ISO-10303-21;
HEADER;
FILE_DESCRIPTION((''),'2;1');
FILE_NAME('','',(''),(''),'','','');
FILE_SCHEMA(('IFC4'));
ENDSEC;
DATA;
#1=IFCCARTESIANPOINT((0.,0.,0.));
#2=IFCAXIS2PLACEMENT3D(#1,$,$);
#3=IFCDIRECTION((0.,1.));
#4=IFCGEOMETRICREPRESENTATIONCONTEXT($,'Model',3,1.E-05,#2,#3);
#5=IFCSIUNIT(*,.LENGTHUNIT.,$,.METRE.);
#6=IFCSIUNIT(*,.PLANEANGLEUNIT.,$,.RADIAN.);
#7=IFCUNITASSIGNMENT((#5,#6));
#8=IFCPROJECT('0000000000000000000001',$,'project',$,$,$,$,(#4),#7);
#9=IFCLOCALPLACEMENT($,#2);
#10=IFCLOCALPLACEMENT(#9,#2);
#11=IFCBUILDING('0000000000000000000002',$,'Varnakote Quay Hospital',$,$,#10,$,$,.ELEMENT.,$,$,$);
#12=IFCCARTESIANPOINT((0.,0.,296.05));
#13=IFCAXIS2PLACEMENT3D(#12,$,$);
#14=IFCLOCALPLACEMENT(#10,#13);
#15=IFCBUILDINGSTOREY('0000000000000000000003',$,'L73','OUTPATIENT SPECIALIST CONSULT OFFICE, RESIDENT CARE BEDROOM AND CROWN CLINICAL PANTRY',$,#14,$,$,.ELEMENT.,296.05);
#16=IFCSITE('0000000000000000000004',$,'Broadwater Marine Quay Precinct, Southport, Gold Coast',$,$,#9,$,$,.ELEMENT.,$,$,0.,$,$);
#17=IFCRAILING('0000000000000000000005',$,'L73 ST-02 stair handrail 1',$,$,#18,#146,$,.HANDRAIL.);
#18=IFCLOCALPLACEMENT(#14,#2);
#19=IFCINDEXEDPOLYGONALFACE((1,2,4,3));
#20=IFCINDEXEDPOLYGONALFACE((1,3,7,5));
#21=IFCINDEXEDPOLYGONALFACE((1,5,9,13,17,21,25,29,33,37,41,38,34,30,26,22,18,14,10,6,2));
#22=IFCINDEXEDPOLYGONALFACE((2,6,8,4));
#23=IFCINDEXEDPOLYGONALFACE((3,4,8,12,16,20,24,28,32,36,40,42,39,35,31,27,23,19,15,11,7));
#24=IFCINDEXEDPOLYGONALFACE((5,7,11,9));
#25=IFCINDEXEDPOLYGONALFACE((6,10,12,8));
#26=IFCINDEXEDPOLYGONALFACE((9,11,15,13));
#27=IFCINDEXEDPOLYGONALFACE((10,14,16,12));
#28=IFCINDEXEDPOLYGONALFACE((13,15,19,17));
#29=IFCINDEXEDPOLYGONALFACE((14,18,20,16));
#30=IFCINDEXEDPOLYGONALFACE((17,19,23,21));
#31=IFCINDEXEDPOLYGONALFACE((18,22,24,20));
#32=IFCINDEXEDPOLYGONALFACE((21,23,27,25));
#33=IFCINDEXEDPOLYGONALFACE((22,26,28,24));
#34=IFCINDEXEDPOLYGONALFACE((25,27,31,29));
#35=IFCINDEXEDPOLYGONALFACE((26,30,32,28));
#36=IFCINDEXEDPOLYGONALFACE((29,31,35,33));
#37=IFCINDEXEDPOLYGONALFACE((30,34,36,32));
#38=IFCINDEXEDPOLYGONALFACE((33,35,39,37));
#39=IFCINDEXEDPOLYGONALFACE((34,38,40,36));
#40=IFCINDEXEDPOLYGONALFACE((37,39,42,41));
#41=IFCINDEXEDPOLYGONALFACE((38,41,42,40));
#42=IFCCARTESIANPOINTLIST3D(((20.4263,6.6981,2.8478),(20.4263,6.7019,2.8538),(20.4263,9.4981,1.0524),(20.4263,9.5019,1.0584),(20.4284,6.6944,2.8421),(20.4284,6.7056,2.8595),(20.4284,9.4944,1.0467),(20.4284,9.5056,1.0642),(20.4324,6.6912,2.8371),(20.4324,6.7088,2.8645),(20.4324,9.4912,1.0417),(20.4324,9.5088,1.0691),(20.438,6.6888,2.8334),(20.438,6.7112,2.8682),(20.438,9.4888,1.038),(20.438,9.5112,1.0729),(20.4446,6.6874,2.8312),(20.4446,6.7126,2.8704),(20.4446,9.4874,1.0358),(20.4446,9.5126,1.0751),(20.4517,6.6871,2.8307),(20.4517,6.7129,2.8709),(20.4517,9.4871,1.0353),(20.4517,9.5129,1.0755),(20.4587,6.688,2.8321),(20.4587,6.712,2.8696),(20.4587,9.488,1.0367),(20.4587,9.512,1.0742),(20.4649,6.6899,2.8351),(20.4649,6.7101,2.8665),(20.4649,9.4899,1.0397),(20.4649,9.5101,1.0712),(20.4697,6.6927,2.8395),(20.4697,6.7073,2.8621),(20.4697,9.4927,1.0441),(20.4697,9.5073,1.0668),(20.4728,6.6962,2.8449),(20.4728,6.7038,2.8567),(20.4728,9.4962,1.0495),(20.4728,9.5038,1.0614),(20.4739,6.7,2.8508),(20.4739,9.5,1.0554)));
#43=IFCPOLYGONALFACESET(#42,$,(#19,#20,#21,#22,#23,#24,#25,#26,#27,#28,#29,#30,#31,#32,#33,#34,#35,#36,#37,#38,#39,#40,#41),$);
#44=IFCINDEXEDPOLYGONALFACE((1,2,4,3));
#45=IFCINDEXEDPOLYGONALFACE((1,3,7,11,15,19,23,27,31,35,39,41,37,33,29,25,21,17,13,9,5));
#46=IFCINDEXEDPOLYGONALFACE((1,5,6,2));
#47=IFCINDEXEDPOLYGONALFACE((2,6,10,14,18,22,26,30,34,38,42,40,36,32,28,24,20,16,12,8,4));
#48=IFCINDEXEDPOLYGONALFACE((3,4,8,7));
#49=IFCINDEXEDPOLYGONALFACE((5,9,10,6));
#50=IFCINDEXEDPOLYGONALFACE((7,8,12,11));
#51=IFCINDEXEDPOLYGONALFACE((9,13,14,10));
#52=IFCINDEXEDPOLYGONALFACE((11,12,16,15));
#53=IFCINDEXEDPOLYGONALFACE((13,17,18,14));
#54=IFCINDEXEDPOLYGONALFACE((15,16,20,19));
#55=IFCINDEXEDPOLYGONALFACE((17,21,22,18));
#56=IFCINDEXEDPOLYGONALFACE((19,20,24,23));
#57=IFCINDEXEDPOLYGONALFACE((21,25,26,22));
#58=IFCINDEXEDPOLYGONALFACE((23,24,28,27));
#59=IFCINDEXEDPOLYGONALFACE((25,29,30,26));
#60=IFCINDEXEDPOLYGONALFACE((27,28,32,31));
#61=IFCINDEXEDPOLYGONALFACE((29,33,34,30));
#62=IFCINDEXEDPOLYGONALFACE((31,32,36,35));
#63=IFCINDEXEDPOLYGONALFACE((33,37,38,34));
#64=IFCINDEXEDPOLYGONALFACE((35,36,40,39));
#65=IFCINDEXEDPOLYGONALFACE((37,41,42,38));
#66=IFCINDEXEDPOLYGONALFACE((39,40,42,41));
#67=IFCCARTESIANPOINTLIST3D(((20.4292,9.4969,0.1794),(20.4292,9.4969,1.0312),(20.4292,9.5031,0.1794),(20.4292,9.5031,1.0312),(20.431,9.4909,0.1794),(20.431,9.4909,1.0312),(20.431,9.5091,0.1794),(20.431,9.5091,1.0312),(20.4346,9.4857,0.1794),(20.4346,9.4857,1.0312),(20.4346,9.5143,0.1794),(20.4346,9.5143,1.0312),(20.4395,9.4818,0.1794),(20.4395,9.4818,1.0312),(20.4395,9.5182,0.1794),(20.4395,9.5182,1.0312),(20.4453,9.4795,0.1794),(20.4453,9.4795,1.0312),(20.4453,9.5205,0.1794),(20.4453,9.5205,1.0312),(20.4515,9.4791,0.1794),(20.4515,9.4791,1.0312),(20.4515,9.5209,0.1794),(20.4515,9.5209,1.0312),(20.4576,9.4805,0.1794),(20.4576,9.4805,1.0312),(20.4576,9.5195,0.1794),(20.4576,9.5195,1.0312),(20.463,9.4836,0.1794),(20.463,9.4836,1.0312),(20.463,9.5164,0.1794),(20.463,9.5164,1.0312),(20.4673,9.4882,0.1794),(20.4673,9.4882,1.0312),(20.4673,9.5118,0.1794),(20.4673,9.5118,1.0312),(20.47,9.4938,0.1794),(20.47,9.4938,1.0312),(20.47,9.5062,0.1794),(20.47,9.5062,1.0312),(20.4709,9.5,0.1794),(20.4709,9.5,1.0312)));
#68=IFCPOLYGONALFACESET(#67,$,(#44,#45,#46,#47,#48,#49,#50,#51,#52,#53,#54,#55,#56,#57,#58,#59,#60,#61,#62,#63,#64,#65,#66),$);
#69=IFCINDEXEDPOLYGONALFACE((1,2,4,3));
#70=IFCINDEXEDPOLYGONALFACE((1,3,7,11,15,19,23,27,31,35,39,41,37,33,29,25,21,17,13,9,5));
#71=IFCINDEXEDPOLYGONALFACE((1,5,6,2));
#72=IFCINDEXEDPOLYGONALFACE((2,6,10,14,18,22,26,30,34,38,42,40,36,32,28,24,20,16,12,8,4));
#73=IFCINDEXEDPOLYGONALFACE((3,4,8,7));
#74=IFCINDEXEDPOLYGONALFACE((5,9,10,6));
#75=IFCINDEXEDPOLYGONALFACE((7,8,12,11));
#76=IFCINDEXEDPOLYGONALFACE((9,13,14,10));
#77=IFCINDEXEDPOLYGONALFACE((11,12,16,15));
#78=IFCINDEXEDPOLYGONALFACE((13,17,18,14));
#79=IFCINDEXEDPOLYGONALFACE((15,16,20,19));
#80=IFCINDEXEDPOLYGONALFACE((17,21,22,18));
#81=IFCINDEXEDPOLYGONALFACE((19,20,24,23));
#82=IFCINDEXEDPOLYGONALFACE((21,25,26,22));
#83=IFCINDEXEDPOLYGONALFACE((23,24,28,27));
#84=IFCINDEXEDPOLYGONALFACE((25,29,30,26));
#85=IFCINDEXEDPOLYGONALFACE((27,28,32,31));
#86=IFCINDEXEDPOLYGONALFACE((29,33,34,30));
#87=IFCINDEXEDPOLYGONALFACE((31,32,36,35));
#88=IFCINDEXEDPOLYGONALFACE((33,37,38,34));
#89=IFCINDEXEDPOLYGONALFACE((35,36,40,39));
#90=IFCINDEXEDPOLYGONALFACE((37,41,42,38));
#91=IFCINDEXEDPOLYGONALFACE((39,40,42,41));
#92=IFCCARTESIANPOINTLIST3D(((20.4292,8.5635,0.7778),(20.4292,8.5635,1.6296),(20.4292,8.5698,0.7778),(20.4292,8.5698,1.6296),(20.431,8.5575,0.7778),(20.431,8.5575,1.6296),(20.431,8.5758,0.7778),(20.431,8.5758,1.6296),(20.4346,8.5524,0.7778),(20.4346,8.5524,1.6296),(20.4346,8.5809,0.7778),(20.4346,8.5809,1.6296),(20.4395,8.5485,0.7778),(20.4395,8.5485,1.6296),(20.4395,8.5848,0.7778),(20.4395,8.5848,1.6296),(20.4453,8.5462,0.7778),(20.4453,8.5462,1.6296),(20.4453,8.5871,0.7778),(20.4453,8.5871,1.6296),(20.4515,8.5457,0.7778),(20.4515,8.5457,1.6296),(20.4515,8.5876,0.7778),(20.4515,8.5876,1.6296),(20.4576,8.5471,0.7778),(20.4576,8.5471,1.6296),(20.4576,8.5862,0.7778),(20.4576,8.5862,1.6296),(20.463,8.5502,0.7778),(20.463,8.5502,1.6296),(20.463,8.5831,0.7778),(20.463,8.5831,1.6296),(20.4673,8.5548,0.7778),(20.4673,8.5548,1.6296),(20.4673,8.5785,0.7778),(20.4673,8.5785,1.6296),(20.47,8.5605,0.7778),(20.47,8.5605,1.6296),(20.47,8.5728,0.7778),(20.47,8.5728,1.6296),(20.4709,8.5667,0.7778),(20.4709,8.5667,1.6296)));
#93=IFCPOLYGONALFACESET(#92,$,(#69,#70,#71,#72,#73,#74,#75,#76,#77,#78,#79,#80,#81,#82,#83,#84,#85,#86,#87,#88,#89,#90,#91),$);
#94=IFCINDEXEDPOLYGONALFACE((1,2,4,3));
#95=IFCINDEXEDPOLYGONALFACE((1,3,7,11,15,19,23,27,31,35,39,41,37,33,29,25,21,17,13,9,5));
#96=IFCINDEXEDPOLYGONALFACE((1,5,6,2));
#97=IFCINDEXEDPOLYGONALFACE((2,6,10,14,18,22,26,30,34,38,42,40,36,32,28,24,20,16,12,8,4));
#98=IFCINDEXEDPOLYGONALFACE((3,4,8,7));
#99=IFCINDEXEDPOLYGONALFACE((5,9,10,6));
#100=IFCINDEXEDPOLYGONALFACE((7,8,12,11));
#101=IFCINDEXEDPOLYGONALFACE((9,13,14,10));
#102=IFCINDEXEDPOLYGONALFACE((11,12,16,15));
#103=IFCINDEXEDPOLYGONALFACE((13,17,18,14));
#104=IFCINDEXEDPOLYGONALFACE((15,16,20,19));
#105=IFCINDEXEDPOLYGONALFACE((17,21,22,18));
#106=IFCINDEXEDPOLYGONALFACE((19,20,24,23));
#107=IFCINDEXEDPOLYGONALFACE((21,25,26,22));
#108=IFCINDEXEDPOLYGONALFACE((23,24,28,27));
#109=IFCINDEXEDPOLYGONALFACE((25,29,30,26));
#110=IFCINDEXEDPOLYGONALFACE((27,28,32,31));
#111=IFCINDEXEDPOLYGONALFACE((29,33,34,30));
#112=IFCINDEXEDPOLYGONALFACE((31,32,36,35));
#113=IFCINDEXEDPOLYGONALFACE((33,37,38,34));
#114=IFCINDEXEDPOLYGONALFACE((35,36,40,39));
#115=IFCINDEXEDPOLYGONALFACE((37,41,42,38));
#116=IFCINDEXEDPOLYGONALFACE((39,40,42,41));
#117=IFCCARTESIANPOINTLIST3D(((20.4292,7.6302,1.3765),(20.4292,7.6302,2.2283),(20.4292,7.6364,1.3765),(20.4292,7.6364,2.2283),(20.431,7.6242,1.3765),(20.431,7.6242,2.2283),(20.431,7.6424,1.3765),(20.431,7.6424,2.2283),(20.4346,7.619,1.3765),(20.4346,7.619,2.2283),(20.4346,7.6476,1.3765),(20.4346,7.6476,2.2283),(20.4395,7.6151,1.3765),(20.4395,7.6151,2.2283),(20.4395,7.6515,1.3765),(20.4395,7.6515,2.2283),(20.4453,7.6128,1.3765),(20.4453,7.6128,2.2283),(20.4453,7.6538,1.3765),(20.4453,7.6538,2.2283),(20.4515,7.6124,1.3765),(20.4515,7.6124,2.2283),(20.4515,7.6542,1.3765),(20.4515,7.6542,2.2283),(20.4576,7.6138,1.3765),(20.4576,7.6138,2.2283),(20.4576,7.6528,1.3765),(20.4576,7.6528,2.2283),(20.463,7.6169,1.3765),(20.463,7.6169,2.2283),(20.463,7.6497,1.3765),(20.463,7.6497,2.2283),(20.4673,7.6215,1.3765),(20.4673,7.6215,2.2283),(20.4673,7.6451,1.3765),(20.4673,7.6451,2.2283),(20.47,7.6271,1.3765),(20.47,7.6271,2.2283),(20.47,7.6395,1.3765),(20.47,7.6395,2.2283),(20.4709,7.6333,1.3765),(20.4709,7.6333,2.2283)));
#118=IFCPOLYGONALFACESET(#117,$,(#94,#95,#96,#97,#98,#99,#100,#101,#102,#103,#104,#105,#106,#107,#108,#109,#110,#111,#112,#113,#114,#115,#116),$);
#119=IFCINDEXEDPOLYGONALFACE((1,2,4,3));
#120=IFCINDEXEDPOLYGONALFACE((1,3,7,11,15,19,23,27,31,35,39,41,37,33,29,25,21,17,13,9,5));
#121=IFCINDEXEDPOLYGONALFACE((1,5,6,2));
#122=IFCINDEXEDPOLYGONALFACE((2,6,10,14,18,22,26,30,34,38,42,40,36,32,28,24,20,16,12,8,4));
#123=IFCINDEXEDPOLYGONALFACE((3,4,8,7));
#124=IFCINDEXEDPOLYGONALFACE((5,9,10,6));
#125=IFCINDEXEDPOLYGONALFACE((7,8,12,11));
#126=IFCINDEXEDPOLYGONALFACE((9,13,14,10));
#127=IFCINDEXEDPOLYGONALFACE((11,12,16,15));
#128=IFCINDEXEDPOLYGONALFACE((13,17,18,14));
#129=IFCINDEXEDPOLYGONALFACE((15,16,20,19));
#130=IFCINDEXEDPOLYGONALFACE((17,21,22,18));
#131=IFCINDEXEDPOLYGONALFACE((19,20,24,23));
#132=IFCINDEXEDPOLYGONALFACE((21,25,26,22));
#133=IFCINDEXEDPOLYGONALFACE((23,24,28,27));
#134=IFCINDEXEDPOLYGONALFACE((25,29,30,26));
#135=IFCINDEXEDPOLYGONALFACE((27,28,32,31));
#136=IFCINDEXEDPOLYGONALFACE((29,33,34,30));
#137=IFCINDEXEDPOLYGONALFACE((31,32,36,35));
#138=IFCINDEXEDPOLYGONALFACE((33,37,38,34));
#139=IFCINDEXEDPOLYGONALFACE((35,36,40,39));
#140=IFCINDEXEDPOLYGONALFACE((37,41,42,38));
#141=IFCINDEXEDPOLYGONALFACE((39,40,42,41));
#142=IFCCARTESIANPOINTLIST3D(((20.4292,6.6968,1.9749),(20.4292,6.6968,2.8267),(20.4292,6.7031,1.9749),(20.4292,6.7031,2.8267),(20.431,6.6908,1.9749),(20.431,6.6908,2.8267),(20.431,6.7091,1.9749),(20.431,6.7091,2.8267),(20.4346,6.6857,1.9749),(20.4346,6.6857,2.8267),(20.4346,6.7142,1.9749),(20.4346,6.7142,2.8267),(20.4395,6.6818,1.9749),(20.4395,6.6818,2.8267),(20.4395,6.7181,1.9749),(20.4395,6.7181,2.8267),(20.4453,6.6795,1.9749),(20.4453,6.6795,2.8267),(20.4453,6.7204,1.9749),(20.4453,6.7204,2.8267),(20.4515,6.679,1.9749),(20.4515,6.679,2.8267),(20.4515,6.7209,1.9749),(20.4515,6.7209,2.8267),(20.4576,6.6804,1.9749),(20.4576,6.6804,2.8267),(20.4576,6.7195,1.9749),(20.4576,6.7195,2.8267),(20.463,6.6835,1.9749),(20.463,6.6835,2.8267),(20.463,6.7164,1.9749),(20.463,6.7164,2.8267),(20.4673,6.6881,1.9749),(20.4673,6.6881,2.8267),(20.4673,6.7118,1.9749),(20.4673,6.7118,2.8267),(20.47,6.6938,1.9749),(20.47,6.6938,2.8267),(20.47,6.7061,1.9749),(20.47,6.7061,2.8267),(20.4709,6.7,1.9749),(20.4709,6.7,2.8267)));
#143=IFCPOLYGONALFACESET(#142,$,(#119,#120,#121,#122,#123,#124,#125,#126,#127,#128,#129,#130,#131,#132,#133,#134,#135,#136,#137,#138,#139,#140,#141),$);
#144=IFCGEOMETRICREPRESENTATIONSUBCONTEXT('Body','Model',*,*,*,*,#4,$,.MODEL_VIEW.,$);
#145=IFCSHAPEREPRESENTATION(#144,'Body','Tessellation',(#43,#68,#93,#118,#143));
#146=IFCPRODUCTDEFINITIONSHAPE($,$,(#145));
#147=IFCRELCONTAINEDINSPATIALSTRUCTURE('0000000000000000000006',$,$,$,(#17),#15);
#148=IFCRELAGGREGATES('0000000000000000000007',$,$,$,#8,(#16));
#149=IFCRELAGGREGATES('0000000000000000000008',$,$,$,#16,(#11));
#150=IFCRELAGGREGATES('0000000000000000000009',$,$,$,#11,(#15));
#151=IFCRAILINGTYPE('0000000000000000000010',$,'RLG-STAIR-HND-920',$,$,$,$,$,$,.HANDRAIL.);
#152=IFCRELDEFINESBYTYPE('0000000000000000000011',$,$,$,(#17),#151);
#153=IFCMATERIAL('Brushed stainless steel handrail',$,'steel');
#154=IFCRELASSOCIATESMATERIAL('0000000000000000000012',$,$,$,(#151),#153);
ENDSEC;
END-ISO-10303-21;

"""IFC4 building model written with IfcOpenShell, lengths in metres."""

from ifc_helpers import new_model, si_unit, direction, frame, origin, origin_2d, place, context, subcontext, project, spatial, circle, extrude, material, type_object, element, save


model = new_model("IFC4")

# Units and contexts
model_context = context("Model", 3, precision=1e-05, world=origin(), true_north=direction((0.0, 1.0)))
body_context = subcontext(model_context, "Body", "Model", "MODEL_VIEW")
ifc_project = project(units=[si_unit("LENGTHUNIT", "METRE"), si_unit("PLANEANGLEUNIT", "RADIAN")], contexts=[model_context])

# Site, building, storey
site_placement = place(None, origin())
site = spatial("IfcSite", under=ifc_project, at=site_placement, Name="Broadwater Marine Quay Precinct, Southport, Gold Coast", CompositionType="ELEMENT", RefElevation=0.0)
building_placement = place(site_placement, origin())
building = spatial("IfcBuilding", under=site, at=building_placement, Name="Varnakote Quay Hospital", CompositionType="ELEMENT")
storey_placement = place(building_placement, frame((0.0, 0.0, 296.05)))
storey = spatial("IfcBuildingStorey", under=building, at=storey_placement, Name="L73", Description="OUTPATIENT SPECIALIST CONSULT OFFICE, RESIDENT CARE BEDROOM AND CROWN CLINICAL PANTRY", CompositionType="ELEMENT", Elevation=296.05)

# Railing
ifc_material_1 = material(Name="Brushed stainless steel handrail", Category="steel")
railing_type_1 = type_object("IfcRailingType", Name="RLG-STAIR-HND-920", PredefinedType="HANDRAIL", material=ifc_material_1)
railing_1_placement = place(storey_placement, frame((20.45, 9.5, 0.1794)))
element("IfcRailing", 1, at=railing_1_placement, inside=storey, type_object=railing_type_1, Name="L73 ST-02 stair handrail 1", PredefinedType="HANDRAIL", context=body_context, shape_type="SweptSolid", body=[
    extrude(circle(Radius=0.0239, at=origin_2d()), frame((0.0, 0.0, 0.876), z_axis=(0.0, -0.84181, 0.539774), x_axis=(1.0, 0.0, 0.0)), (0.0, 0.0, 1.0), 3.3262),
    extrude(circle(Radius=0.021, at=origin_2d()), origin(), (0.0, 0.0, 1.0), 0.8518),
    extrude(circle(Radius=0.021, at=origin_2d()), frame((0.0, -0.9333, 0.5984)), (0.0, 0.0, 1.0), 0.8518),
    extrude(circle(Radius=0.021, at=origin_2d()), frame((0.0, -1.8667, 1.197)), (0.0, 0.0, 1.0), 0.8518),
    extrude(circle(Radius=0.021, at=origin_2d()), frame((0.0, -2.8, 1.7954)), (0.0, 0.0, 1.0), 0.8518),
])

save(model, "model.ifc")
